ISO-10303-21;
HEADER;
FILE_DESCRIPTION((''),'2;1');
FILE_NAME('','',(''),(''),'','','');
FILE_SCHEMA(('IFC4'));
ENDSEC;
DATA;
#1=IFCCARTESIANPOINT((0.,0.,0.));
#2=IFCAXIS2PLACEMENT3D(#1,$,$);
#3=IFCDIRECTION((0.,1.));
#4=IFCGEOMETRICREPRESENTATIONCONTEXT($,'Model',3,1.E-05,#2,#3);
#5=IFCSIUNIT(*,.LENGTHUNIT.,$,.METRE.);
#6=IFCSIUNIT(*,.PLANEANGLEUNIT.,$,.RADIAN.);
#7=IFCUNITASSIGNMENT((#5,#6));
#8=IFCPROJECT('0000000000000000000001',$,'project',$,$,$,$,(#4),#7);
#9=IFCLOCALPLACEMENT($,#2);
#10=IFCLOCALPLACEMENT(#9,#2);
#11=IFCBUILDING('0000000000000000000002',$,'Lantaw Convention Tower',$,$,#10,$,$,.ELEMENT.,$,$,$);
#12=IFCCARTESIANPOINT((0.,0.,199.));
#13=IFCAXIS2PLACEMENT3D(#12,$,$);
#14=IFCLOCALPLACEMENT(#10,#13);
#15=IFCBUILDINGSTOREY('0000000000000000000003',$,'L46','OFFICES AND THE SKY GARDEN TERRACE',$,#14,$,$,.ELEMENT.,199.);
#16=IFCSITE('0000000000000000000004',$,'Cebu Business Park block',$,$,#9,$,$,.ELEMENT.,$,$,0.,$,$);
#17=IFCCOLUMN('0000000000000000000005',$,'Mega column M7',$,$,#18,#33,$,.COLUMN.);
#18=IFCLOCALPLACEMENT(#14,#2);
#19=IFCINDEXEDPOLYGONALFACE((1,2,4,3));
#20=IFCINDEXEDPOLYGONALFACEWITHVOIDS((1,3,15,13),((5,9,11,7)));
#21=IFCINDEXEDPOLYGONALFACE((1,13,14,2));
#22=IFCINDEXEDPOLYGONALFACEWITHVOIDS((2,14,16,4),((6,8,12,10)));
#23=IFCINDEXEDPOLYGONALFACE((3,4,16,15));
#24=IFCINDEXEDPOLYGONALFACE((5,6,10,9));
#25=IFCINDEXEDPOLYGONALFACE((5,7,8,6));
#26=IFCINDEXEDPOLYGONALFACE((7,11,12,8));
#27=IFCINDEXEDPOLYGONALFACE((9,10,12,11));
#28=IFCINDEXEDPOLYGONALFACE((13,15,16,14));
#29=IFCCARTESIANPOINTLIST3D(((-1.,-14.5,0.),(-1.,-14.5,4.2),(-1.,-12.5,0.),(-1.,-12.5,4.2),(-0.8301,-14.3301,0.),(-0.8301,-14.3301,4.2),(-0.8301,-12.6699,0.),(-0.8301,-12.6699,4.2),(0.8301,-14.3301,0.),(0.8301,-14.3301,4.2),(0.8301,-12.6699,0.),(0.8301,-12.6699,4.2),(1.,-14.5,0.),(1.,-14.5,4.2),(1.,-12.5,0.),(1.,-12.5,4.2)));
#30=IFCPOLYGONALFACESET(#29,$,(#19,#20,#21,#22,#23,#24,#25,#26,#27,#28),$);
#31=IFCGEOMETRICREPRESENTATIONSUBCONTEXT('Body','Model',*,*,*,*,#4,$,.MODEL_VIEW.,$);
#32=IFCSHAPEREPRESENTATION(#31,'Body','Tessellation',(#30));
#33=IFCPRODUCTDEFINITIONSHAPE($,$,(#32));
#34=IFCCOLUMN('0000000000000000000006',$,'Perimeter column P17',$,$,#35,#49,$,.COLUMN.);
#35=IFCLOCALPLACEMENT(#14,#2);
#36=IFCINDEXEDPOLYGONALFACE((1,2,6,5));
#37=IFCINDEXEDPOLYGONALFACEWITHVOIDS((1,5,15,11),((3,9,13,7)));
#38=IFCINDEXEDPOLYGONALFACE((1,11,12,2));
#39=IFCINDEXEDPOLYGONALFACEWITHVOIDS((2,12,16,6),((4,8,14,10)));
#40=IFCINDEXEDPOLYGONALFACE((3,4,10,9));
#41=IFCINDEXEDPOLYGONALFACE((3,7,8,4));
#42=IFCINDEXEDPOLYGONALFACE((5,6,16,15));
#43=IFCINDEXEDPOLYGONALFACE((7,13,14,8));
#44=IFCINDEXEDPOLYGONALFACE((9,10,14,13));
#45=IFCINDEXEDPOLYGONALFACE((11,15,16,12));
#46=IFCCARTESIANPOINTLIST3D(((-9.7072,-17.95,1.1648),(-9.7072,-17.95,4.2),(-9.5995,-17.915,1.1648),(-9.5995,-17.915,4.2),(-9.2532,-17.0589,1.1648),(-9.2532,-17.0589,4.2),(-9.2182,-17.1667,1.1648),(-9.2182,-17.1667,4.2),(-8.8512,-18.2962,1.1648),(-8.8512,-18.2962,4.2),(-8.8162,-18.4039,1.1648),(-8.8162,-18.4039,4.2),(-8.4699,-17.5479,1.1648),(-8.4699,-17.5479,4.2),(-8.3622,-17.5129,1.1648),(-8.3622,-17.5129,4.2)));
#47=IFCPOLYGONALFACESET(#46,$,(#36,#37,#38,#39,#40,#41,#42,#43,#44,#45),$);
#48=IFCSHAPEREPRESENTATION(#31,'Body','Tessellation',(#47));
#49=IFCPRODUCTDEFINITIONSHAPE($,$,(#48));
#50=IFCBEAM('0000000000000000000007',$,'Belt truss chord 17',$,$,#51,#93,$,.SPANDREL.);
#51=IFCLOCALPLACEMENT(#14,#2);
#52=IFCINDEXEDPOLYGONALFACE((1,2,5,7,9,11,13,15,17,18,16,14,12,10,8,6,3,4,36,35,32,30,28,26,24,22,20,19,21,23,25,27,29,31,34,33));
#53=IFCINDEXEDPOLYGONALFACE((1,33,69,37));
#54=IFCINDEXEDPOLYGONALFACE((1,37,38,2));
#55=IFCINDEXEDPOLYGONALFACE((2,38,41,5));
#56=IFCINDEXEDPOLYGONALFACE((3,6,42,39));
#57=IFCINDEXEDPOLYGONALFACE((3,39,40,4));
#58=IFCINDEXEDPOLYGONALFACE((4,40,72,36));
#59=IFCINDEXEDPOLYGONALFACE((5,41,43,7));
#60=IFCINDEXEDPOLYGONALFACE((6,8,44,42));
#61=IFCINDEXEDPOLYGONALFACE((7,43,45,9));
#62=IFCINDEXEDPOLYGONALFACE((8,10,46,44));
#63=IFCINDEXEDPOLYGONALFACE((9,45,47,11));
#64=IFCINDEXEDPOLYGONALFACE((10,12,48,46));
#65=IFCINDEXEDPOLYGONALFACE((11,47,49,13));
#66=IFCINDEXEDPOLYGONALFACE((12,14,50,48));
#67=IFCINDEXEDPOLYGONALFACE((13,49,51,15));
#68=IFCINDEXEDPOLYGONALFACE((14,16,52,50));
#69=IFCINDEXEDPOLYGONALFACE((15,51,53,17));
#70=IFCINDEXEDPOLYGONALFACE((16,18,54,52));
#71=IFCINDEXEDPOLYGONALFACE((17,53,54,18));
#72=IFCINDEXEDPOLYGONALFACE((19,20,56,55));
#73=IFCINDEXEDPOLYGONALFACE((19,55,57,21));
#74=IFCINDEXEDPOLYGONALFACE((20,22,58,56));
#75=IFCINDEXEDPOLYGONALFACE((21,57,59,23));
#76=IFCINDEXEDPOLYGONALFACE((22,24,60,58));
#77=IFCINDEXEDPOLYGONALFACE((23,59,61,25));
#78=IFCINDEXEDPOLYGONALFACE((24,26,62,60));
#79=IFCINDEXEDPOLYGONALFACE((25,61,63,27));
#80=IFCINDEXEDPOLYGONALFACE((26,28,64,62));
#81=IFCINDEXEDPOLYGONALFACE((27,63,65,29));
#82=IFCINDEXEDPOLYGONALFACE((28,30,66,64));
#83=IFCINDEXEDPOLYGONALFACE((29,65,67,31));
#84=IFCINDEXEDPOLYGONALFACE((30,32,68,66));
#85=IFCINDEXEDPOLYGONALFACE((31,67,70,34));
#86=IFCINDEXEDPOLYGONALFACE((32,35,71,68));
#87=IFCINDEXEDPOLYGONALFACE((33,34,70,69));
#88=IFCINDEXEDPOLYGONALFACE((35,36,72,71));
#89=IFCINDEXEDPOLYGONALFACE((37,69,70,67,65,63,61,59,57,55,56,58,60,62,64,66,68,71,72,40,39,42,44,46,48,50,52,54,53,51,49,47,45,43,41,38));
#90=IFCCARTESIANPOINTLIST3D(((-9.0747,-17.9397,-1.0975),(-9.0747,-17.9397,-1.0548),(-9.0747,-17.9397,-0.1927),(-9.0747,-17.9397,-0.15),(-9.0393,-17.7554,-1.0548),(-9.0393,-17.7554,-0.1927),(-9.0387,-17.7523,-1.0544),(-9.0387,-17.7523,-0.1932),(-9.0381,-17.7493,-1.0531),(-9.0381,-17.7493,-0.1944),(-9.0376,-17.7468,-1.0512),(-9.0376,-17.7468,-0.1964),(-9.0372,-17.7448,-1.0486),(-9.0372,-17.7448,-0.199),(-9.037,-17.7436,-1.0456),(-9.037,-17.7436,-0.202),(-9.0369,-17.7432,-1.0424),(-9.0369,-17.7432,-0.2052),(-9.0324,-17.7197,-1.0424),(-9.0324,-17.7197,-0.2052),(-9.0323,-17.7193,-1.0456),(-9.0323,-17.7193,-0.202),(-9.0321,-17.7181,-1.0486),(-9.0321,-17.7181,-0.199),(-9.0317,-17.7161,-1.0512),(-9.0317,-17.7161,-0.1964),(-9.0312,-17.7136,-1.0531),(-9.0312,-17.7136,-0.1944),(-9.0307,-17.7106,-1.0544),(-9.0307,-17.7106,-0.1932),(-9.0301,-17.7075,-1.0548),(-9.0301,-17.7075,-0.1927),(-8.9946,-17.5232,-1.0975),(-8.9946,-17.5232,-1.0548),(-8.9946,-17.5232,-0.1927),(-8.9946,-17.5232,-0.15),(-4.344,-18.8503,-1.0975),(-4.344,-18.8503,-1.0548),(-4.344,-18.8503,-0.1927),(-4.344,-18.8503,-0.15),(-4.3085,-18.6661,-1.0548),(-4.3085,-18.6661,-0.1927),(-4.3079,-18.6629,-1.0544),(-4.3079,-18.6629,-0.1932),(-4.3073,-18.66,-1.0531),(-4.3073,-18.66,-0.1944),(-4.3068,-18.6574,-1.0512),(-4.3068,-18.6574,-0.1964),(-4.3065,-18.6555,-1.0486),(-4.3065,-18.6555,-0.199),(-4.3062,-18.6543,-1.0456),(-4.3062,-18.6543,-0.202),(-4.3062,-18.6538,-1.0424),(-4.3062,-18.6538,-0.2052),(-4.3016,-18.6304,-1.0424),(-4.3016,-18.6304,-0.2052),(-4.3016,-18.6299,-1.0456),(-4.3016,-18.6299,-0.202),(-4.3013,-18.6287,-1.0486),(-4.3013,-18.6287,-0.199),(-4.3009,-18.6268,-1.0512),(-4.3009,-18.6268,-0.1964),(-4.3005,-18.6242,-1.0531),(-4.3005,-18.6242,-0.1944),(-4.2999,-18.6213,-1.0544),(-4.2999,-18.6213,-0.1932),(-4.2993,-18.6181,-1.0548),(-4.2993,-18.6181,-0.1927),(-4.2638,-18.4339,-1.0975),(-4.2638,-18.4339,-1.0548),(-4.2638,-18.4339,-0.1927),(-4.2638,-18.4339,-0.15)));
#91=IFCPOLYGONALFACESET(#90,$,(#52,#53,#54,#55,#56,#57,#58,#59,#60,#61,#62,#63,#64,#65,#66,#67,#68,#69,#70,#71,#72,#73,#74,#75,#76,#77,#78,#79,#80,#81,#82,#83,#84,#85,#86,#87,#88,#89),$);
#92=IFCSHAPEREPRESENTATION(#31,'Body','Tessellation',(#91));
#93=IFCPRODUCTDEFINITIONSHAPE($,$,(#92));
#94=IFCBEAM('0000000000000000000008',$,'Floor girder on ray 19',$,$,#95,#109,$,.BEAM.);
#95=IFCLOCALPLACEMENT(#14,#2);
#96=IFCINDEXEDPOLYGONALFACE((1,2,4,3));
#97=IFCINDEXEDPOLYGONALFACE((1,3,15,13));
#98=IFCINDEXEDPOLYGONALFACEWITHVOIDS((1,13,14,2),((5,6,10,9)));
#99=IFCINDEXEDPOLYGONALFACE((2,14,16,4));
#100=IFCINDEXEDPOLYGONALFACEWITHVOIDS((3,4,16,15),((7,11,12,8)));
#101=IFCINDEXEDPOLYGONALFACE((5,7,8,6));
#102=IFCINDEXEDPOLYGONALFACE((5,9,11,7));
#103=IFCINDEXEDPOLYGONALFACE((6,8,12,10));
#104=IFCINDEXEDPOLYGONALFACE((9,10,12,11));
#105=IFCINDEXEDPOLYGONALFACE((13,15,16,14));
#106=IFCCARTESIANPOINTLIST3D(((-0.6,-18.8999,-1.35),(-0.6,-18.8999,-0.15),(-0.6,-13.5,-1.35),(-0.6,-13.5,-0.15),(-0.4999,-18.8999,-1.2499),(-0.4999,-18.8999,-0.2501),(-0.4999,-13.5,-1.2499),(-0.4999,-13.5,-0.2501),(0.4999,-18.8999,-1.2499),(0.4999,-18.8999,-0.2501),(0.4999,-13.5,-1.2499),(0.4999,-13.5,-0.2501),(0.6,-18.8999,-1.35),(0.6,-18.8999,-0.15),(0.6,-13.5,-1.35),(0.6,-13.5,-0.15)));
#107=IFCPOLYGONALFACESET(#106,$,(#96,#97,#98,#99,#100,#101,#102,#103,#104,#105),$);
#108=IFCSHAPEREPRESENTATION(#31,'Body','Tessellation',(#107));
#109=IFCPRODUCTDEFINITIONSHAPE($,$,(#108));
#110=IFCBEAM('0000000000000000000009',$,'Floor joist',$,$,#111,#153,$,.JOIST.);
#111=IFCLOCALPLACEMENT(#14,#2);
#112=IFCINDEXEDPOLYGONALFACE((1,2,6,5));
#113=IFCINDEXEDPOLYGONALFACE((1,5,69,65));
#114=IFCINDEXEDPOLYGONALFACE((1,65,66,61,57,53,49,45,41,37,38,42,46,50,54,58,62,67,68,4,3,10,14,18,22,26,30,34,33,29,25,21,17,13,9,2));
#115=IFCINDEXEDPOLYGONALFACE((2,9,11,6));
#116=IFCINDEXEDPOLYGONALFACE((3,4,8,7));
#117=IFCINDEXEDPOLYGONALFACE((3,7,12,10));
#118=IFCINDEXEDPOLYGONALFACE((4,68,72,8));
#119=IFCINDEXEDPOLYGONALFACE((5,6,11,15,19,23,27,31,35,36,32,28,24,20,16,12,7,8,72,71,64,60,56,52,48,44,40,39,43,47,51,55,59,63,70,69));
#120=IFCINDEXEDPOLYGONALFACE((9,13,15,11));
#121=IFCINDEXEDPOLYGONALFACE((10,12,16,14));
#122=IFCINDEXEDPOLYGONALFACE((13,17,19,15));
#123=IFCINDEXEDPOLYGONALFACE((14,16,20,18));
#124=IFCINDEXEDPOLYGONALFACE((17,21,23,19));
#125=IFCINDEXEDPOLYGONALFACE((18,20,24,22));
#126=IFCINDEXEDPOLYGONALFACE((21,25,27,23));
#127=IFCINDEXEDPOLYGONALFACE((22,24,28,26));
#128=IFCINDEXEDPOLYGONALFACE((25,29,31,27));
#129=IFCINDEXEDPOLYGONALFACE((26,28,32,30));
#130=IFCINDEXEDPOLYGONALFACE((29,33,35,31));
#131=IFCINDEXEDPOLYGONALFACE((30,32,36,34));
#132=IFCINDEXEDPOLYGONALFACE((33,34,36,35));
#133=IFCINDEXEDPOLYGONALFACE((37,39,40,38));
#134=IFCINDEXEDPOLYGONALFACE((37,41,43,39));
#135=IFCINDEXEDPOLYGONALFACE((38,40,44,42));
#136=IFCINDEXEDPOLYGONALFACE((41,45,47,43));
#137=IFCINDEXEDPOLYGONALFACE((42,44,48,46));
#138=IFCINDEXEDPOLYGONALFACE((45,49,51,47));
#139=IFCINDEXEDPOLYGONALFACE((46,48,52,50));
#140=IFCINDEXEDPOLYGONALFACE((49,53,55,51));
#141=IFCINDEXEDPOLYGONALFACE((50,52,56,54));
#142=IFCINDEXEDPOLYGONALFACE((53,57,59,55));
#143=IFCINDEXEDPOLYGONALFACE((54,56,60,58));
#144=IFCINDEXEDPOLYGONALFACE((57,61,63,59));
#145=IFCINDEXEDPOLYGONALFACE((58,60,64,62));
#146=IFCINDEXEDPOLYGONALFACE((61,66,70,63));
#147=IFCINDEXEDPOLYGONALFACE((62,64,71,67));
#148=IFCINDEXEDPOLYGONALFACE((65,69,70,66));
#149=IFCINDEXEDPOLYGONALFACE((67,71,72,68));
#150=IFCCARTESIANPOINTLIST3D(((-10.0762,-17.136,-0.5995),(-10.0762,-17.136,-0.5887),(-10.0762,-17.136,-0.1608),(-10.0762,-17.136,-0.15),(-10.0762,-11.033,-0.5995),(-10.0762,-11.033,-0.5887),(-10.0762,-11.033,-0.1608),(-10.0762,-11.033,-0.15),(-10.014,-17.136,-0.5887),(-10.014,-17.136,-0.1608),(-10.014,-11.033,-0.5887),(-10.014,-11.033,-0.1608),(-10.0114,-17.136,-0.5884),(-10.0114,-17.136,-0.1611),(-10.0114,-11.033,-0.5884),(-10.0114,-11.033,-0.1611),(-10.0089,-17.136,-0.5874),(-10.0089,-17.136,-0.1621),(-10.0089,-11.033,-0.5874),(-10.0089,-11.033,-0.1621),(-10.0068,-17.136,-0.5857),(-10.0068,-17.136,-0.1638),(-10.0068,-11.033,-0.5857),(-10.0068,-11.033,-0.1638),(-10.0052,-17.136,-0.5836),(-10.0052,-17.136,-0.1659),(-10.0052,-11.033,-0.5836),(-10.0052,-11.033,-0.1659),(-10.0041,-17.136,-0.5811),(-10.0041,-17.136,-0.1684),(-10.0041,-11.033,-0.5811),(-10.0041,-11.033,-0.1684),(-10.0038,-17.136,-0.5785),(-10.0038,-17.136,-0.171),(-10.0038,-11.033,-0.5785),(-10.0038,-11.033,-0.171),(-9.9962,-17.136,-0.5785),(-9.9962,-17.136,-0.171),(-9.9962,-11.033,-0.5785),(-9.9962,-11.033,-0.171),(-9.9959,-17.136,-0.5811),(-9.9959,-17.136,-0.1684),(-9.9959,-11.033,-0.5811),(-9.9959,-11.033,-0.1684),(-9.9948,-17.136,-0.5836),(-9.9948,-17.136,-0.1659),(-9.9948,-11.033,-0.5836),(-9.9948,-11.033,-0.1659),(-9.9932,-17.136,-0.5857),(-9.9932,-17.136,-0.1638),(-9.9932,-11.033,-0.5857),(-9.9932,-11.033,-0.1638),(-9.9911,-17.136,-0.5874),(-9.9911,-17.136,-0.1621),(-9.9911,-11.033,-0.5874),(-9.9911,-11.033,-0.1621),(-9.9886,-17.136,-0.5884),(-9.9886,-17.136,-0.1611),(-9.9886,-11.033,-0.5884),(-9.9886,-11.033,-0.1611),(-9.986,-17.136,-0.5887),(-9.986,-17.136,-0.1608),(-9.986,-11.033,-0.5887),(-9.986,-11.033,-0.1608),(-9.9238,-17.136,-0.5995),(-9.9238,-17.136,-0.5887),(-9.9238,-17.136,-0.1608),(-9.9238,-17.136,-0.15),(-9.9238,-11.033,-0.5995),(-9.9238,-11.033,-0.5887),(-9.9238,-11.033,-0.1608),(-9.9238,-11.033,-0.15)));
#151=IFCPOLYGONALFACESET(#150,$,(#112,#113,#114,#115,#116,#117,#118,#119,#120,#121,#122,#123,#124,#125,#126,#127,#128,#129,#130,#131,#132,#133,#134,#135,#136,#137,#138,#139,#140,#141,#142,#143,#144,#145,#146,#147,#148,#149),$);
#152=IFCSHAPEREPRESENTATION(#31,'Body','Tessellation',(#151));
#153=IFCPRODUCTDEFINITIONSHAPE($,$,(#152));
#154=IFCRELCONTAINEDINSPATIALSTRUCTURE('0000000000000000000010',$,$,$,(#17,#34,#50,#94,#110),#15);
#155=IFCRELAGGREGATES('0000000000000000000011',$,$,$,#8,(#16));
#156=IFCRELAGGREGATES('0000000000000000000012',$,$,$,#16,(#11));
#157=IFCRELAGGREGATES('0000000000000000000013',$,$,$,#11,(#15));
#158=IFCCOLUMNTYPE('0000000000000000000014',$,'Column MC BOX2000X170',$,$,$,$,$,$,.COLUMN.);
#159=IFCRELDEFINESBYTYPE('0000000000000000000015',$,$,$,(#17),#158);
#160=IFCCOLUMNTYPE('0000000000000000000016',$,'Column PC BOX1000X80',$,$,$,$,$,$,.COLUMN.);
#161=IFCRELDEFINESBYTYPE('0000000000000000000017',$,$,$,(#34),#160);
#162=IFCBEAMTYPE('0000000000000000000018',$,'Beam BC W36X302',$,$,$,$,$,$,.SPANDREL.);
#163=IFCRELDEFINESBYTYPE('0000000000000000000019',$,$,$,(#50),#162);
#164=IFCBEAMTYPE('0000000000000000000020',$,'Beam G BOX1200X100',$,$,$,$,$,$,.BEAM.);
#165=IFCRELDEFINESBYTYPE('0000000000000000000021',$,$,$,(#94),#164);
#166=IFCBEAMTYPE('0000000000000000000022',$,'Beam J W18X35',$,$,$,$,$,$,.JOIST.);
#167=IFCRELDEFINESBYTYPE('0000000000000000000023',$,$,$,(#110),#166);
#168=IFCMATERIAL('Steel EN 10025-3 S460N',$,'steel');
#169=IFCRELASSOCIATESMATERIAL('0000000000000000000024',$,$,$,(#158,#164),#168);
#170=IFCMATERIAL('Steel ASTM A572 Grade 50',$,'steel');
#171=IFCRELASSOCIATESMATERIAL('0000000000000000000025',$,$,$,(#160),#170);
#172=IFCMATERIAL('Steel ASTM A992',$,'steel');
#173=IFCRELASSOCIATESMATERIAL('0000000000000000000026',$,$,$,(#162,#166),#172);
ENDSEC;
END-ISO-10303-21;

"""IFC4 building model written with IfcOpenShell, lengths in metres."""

from ifc_helpers import new_model, si_unit, direction, frame, origin, origin_2d, place, context, subcontext, project, spatial, rectangle, hollow_rectangle, i_section, extrude, material, material_profile, profile_set, type_object, element, save


model = new_model("IFC4")

# Units and contexts
model_context = context("Model", 3, precision=1e-05, world=origin(), true_north=direction((0.0, 1.0)))
body_context = subcontext(model_context, "Body", "Model", "MODEL_VIEW")
ifc_project = project(units=[si_unit("LENGTHUNIT", "METRE"), si_unit("PLANEANGLEUNIT", "RADIAN")], contexts=[model_context])

# Site, building, storey
site_placement = place(None, origin())
site = spatial("IfcSite", under=ifc_project, at=site_placement, Name="Cebu Business Park block", CompositionType="ELEMENT", RefElevation=0.0)
building_placement = place(site_placement, origin())
building = spatial("IfcBuilding", under=site, at=building_placement, Name="Lantaw Convention Tower", CompositionType="ELEMENT")
storey_placement = place(building_placement, frame((0.0, 0.0, 199.0)))
storey = spatial("IfcBuildingStorey", under=building, at=storey_placement, Name="L46", Description="OFFICES AND THE SKY GARDEN TERRACE", CompositionType="ELEMENT", Elevation=199.0)

# Columns
ifc_material_1 = material(Name="Steel EN 10025-3 S460N", Category="steel")
ifc_material_profile_1 = material_profile(ifc_material_1, hollow_rectangle(XDim=2.0, YDim=2.0, WallThickness=0.1699, at=origin_2d()), Name="BOX2000X170")
ifc_material_2 = material(Name="Concrete C60/75", Category="concrete")
ifc_material_profile_2 = material_profile(ifc_material_2, rectangle(XDim=1.6599, YDim=1.6599, at=origin_2d()), Name="Concrete fill of BOX2000X170")
ifc_profile_set_1 = profile_set([ifc_material_profile_1, ifc_material_profile_2], Name="Steel EN 10025-3 S460N")
column_type_1 = type_object("IfcColumnType", Name="Column MC BOX2000X170", PredefinedType="COLUMN", material=ifc_profile_set_1)
column_1_placement = place(storey_placement, frame((0.0, -13.5, 0.0), z_axis=(0.0, 0.0, 1.0), x_axis=(1.0, 0.0, 0.0)))
element("IfcColumn", 1, at=column_1_placement, inside=storey, type_object=column_type_1, Name="Mega column M7", PredefinedType="COLUMN", context=body_context, shape_type="SweptSolid", body=[
    extrude(hollow_rectangle(XDim=2.0, YDim=2.0, WallThickness=0.1699, at=origin_2d()), origin(), (0.0, 0.0, 1.0), 4.2),
])
ifc_material_3 = material(Name="Steel ASTM A572 Grade 50", Category="steel")
ifc_material_profile_3 = material_profile(ifc_material_3, hollow_rectangle(XDim=1.0, YDim=1.0, WallThickness=0.0801, at=origin_2d()), Name="BOX1000X80")
ifc_material_profile_4 = material_profile(ifc_material_2, rectangle(XDim=0.8401, YDim=0.8401, at=origin_2d()), Name="Concrete fill of BOX1000X80")
ifc_profile_set_2 = profile_set([ifc_material_profile_3, ifc_material_profile_4], Name="Steel ASTM A572 Grade 50")
column_type_2 = type_object("IfcColumnType", Name="Column PC BOX1000X80", PredefinedType="COLUMN", material=ifc_profile_set_2)
column_2_placement = place(storey_placement, frame((-9.0347, -17.7314, 1.1648), z_axis=(0.0, 0.0, 1.0), x_axis=(0.45399, 0.891007, 0.0)))
element("IfcColumn", 2, at=column_2_placement, inside=storey, type_object=column_type_2, Name="Perimeter column P17", PredefinedType="COLUMN", context=body_context, shape_type="SweptSolid", body=[
    extrude(hollow_rectangle(XDim=1.0, YDim=1.0, WallThickness=0.0801, at=origin_2d()), origin(), (0.0, 0.0, 1.0), 3.0352),
])

# Beams
ifc_material_4 = material(Name="Steel ASTM A992", Category="steel")
ifc_material_profile_5 = material_profile(ifc_material_4, i_section(OverallWidth=0.4241, OverallDepth=0.9475, WebThickness=0.0239, FlangeThickness=0.0427, FilletRadius=0.0125, at=origin_2d()), Name="W36X302")
ifc_profile_set_3 = profile_set([ifc_material_profile_5], Name="Steel ASTM A992")
beam_type_1 = type_object("IfcBeamType", Name="Beam BC W36X302", PredefinedType="SPANDREL", material=ifc_profile_set_3)
beam_1_placement = place(storey_placement, frame((-9.0347, -17.7314, -0.6238), z_axis=(0.981972, -0.189026, 0.0), x_axis=(0.189026, 0.981972, 0.0)))
element("IfcBeam", 3, at=beam_1_placement, inside=storey, type_object=beam_type_1, Name="Belt truss chord 17", PredefinedType="SPANDREL", context=body_context, shape_type="SweptSolid", body=[
    extrude(i_section(OverallWidth=0.4241, OverallDepth=0.9475, WebThickness=0.0239, FlangeThickness=0.0427, FilletRadius=0.0125, at=origin_2d()), origin(), (0.0, 0.0, 1.0), 4.8176),
])
ifc_material_profile_6 = material_profile(ifc_material_1, hollow_rectangle(XDim=1.2, YDim=1.2, WallThickness=0.1001, at=origin_2d()), Name="BOX1200X100")
ifc_profile_set_4 = profile_set([ifc_material_profile_6], Name="Steel EN 10025-3 S460N")
beam_type_2 = type_object("IfcBeamType", Name="Beam G BOX1200X100", PredefinedType="BEAM", material=ifc_profile_set_4)
beam_2_placement = place(storey_placement, frame((0.0, -13.5, -0.75), z_axis=(0.0, -1.0, 0.0), x_axis=(1.0, 0.0, 0.0)))
element("IfcBeam", 4, at=beam_2_placement, inside=storey, type_object=beam_type_2, Name="Floor girder on ray 19", PredefinedType="BEAM", context=body_context, shape_type="SweptSolid", body=[
    extrude(hollow_rectangle(XDim=1.2, YDim=1.2, WallThickness=0.1001, at=origin_2d()), origin(), (0.0, 0.0, 1.0), 5.3999),
])
ifc_material_profile_7 = material_profile(ifc_material_4, i_section(OverallWidth=0.1523, OverallDepth=0.4495, WebThickness=0.0076, FlangeThickness=0.0107, FilletRadius=0.0103, at=origin_2d()), Name="W18X35")
ifc_profile_set_5 = profile_set([ifc_material_profile_7], Name="Steel ASTM A992")
beam_type_3 = type_object("IfcBeamType", Name="Beam J W18X35", PredefinedType="JOIST", material=ifc_profile_set_5)
beam_3_placement = place(storey_placement, frame((-10.0, -17.136, -0.3748), z_axis=(0.0, 1.0, 0.0), x_axis=(-1.0, 0.0, 0.0)))
element("IfcBeam", 5, at=beam_3_placement, inside=storey, type_object=beam_type_3, Name="Floor joist", PredefinedType="JOIST", context=body_context, shape_type="SweptSolid", body=[
    extrude(i_section(OverallWidth=0.1523, OverallDepth=0.4495, WebThickness=0.0076, FlangeThickness=0.0107, FilletRadius=0.0103, at=origin_2d()), origin(), (0.0, 0.0, 1.0), 6.103),
])

save(model, "model.ifc")
